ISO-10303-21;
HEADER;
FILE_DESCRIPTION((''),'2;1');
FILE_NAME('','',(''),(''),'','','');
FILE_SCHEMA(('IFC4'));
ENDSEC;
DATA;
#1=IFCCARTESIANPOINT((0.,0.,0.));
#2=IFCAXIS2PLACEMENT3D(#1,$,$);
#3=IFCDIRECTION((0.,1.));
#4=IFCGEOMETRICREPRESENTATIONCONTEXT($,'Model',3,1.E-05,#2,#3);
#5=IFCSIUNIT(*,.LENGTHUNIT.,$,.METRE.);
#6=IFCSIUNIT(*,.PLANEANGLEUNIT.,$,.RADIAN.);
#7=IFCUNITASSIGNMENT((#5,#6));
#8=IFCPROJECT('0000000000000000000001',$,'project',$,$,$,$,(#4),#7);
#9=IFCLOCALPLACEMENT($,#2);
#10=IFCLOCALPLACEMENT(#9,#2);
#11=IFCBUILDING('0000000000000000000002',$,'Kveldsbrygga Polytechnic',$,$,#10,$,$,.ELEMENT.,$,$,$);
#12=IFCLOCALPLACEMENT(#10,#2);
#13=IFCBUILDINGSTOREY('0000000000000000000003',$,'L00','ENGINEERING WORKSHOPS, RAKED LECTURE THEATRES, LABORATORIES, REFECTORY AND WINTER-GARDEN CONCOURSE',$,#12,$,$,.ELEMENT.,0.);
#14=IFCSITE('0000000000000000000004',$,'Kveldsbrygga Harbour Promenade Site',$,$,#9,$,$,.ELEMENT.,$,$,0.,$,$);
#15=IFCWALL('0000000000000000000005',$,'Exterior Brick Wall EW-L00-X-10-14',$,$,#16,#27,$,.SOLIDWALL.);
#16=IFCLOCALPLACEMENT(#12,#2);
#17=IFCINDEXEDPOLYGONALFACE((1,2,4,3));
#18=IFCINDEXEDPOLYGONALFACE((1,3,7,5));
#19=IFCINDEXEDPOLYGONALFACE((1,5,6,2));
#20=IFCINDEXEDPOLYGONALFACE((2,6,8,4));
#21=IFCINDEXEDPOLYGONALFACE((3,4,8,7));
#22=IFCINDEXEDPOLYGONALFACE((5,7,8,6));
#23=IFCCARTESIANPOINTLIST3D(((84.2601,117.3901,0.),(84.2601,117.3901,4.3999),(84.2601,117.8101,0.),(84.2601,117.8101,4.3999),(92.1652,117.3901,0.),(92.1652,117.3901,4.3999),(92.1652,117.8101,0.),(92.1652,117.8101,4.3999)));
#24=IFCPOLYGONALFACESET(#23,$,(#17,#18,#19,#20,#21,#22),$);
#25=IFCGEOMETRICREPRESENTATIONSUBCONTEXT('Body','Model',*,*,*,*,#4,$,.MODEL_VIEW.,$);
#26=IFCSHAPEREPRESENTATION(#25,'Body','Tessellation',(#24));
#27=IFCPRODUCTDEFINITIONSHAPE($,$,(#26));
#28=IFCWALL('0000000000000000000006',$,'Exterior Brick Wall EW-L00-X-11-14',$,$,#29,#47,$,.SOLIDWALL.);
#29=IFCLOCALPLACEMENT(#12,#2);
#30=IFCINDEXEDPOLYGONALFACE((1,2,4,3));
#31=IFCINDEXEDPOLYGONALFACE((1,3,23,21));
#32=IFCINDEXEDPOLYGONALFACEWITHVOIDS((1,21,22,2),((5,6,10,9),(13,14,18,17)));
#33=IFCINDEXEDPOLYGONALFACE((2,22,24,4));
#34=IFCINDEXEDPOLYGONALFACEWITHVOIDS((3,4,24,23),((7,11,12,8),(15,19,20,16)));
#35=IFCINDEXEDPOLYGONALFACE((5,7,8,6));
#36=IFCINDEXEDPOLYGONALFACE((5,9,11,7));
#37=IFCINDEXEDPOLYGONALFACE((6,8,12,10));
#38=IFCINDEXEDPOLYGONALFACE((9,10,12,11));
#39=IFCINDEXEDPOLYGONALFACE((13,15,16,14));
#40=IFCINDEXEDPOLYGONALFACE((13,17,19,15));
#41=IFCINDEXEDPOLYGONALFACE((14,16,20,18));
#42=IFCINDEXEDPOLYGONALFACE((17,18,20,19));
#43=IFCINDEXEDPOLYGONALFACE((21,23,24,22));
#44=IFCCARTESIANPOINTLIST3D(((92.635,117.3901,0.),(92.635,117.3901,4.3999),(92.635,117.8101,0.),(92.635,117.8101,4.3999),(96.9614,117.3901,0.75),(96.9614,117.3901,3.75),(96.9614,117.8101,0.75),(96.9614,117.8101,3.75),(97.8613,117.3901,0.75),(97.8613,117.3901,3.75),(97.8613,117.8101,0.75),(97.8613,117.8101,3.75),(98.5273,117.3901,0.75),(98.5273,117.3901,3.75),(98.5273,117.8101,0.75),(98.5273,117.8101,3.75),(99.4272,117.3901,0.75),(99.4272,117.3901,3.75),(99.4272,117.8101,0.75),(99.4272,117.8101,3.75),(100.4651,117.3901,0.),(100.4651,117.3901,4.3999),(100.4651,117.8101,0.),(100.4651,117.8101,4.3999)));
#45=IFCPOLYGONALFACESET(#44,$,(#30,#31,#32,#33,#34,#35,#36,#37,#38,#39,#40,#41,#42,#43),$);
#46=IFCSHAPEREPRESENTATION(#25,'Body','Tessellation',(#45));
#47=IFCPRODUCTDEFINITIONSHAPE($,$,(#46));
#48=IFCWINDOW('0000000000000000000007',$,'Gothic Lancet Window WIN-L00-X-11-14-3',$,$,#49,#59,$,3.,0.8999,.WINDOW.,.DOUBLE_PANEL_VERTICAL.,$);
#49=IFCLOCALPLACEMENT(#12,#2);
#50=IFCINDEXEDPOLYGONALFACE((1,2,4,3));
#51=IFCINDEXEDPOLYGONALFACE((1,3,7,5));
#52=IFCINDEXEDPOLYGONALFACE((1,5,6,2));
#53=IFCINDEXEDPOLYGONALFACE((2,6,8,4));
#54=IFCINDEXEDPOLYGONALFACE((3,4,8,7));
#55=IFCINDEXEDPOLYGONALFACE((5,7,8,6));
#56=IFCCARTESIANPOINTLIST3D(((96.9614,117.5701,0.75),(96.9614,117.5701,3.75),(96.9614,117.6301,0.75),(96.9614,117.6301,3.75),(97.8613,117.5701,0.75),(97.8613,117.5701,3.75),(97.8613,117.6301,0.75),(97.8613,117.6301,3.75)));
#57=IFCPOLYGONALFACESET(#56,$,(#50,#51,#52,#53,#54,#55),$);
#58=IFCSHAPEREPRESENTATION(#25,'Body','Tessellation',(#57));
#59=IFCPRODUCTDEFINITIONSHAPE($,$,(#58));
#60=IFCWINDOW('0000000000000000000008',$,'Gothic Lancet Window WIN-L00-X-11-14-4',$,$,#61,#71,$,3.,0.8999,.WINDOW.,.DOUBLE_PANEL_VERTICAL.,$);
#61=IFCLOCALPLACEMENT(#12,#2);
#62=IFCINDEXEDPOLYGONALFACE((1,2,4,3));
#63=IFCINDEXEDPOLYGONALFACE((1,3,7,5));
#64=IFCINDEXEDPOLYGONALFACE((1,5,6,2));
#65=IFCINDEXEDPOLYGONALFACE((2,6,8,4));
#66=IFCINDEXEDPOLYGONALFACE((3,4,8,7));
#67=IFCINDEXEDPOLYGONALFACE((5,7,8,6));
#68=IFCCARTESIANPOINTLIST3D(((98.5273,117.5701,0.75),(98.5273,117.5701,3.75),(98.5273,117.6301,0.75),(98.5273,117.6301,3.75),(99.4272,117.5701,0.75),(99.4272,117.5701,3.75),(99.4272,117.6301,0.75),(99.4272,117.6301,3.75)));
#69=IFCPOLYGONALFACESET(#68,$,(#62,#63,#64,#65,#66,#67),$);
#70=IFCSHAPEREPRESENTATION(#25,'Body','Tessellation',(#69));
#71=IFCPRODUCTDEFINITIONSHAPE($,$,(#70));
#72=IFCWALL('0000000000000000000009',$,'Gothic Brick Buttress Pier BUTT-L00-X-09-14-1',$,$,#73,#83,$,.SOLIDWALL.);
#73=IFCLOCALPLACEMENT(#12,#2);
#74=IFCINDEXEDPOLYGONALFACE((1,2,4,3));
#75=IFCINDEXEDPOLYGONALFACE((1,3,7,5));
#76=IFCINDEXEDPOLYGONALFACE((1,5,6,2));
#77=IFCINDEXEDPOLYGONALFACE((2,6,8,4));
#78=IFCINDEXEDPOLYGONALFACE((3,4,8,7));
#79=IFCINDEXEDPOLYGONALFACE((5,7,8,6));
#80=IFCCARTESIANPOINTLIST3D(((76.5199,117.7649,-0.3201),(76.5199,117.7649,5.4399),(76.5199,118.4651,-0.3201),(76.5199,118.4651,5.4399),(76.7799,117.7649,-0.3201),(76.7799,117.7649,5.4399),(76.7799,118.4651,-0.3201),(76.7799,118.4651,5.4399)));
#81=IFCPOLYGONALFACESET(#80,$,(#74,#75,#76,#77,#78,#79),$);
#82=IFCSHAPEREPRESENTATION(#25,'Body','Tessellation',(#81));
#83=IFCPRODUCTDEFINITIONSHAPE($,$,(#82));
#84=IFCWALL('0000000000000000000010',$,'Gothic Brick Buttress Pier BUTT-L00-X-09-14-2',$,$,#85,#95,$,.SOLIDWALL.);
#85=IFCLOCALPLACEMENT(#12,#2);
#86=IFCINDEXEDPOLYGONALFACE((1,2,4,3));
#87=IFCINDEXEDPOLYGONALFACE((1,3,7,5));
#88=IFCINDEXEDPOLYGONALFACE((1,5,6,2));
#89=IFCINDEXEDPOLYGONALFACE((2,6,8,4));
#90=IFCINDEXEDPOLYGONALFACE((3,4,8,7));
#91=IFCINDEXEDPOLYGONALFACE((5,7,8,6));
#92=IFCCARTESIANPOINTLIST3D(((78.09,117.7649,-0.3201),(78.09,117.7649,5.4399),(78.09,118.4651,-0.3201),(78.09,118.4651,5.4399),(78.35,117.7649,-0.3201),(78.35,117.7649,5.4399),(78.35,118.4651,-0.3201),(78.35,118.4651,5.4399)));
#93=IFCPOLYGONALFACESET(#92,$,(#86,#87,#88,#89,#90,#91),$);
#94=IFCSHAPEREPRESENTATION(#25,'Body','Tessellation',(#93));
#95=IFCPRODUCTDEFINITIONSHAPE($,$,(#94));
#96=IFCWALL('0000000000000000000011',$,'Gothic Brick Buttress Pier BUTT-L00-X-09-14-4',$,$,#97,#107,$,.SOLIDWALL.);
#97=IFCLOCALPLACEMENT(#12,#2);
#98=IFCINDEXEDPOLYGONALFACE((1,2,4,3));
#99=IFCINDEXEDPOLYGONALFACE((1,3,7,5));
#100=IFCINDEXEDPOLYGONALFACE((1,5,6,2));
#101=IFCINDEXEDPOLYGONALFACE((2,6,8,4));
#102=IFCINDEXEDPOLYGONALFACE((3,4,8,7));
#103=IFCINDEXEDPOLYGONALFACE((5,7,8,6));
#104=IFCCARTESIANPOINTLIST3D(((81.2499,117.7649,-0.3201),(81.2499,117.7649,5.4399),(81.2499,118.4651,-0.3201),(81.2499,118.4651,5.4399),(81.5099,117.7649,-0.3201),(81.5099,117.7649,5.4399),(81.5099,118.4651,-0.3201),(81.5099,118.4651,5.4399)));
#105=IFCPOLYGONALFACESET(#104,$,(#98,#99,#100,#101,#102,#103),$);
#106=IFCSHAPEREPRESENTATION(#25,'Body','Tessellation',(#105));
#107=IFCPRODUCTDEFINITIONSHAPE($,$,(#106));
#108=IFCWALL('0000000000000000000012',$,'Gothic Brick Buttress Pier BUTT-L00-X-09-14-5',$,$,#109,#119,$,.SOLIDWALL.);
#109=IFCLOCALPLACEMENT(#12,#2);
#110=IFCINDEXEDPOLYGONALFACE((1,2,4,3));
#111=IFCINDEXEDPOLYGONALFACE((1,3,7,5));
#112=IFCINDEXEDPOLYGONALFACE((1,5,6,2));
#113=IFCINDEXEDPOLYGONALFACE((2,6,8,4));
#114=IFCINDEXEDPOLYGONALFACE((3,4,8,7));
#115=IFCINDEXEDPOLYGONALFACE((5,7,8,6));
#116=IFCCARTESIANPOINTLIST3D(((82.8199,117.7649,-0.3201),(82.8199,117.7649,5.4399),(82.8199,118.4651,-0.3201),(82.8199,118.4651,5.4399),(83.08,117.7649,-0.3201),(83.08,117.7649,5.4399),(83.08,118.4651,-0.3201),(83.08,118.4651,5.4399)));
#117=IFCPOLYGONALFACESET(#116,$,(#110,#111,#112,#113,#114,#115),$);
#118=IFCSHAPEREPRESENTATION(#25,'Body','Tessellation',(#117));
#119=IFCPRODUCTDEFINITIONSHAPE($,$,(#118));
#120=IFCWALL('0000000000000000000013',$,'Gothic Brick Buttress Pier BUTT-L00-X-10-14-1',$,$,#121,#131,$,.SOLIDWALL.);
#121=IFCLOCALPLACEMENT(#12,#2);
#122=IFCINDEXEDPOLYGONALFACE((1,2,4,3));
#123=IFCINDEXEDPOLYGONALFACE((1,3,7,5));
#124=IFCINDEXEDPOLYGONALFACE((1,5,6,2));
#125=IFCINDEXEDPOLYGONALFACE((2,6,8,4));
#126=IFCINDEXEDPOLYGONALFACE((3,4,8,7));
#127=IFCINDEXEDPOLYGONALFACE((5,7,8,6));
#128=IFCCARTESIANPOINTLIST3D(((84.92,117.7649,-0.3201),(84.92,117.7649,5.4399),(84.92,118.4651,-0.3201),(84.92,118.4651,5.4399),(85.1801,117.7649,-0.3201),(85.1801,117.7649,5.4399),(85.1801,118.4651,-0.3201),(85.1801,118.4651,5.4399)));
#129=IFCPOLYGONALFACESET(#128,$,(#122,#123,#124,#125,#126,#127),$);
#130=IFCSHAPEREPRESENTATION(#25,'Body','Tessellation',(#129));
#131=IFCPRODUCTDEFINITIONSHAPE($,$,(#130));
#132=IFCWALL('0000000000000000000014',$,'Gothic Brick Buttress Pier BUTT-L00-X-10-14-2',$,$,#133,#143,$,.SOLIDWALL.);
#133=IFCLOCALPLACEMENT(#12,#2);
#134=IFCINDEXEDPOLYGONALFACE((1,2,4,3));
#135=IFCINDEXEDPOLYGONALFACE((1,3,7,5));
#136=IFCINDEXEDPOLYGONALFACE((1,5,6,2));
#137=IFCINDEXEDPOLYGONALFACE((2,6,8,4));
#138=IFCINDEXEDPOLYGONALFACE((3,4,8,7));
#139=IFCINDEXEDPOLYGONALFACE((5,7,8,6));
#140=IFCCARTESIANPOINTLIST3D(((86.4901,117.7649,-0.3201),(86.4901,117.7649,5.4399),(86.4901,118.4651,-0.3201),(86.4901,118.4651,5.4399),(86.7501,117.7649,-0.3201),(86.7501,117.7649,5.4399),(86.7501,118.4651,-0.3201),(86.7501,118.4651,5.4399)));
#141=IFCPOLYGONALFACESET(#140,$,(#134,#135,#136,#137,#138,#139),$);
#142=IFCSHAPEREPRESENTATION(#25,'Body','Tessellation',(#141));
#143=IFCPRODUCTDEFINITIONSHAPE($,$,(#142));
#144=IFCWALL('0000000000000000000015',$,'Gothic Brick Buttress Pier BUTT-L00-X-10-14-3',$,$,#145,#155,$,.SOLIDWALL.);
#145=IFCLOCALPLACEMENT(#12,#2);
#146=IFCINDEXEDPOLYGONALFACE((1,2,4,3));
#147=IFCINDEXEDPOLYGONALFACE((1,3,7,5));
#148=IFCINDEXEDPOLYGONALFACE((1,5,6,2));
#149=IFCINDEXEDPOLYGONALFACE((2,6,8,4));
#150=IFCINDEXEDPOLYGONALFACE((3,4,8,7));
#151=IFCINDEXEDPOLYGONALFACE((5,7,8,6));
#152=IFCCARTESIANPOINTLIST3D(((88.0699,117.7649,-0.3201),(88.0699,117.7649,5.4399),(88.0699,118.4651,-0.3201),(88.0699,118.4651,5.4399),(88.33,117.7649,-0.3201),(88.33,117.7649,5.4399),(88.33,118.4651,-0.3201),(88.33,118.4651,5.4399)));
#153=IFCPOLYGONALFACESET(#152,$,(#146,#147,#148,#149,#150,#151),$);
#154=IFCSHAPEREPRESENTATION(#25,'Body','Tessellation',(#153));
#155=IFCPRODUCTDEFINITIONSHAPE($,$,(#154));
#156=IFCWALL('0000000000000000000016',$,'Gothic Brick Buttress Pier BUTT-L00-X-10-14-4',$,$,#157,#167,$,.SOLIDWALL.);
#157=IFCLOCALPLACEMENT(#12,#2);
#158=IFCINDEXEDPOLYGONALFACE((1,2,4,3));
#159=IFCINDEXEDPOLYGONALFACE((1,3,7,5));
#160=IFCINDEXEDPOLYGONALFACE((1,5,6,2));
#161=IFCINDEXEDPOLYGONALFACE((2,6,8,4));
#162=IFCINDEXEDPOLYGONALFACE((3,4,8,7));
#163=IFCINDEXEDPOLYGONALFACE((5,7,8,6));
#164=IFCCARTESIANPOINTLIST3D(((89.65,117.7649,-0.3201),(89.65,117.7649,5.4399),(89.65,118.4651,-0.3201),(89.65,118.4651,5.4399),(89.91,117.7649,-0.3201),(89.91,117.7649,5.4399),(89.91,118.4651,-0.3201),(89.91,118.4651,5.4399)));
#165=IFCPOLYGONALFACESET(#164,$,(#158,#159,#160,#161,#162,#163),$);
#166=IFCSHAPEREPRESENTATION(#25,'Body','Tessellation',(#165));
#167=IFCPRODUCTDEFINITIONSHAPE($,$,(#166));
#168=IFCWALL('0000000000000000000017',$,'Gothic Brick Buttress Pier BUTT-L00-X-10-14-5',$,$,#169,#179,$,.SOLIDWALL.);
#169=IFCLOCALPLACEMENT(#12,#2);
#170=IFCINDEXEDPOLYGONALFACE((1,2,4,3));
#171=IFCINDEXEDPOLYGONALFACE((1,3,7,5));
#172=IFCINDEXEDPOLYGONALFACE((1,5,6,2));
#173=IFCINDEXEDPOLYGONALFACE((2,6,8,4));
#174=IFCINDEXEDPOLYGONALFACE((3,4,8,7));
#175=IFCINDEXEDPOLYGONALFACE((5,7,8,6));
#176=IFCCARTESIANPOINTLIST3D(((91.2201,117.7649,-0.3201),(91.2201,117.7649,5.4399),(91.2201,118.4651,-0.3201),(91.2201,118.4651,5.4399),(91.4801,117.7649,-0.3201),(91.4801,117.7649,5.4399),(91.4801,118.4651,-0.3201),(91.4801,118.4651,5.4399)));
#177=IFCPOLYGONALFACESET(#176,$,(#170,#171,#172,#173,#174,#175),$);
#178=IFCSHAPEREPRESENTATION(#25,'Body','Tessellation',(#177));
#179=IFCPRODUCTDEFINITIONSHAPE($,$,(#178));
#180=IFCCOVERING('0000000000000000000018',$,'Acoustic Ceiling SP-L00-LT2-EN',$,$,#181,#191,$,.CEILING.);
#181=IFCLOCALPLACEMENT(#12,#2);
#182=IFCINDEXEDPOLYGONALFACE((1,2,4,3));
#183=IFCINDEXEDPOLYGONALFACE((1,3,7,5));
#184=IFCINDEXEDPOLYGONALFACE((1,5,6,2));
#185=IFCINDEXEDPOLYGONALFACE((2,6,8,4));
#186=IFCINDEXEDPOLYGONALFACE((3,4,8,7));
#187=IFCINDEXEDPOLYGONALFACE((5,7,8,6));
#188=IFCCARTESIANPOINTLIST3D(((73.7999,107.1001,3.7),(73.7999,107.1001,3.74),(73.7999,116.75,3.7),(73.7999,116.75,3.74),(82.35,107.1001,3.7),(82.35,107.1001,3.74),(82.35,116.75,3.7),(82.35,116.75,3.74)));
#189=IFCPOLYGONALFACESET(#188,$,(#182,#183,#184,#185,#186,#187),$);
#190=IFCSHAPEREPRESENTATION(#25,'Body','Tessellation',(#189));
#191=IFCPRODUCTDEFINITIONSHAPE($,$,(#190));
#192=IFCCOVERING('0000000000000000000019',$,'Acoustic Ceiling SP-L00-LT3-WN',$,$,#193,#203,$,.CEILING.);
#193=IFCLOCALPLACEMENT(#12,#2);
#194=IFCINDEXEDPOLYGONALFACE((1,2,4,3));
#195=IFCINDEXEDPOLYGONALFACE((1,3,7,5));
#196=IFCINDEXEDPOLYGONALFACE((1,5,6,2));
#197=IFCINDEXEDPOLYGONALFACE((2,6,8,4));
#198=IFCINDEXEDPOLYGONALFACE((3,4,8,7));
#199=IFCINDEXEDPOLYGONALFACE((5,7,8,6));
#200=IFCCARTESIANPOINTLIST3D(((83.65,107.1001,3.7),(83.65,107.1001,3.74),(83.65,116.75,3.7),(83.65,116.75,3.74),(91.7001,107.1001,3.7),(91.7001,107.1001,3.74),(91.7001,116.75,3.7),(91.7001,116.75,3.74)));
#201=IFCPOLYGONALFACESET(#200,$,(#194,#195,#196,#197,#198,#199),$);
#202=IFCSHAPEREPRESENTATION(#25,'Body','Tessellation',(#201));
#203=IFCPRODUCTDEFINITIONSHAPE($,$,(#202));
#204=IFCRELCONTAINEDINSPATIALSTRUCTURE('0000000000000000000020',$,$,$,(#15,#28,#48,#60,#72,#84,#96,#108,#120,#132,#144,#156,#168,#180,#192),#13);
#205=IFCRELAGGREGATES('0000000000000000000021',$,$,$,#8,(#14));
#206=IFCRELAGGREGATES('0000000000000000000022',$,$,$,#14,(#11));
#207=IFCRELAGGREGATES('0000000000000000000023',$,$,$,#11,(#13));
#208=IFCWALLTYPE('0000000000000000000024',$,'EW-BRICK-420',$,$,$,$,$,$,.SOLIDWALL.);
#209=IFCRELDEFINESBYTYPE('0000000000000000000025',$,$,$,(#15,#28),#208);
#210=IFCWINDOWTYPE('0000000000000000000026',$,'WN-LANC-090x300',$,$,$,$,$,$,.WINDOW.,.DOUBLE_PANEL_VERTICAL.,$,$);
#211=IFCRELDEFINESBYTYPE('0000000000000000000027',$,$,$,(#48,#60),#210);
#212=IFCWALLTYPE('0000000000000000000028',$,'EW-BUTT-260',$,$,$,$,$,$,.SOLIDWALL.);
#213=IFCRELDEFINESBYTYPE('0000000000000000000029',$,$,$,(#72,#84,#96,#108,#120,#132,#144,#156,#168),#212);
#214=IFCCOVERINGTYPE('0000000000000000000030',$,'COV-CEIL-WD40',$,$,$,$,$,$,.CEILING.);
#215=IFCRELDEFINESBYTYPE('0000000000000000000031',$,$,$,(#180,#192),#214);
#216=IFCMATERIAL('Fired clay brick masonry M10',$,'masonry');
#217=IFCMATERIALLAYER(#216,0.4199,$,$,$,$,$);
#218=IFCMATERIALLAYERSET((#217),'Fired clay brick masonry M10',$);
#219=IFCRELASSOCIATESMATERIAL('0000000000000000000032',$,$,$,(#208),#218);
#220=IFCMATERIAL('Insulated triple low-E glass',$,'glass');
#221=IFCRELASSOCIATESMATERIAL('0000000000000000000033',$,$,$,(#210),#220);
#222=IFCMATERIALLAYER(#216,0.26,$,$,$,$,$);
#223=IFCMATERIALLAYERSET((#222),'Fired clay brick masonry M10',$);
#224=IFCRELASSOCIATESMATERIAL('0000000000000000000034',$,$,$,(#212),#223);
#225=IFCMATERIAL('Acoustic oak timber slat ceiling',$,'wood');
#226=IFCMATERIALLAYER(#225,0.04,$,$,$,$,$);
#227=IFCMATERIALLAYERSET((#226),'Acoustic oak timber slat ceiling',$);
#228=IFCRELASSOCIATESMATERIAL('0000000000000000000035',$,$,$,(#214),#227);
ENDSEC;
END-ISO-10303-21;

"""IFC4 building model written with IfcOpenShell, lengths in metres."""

from ifc_helpers import new_model, si_unit, direction, frame, frame_2d, origin, origin_2d, place, context, subcontext, project, spatial, rectangle, extrude, material, layer, layer_set, type_object, element, fill, save


model = new_model("IFC4")

# Units and contexts
model_context = context("Model", 3, precision=1e-05, world=origin(), true_north=direction((0.0, 1.0)))
body_context = subcontext(model_context, "Body", "Model", "MODEL_VIEW")
ifc_project = project(units=[si_unit("LENGTHUNIT", "METRE"), si_unit("PLANEANGLEUNIT", "RADIAN")], contexts=[model_context])

# Site, building, storey
site_placement = place(None, origin())
site = spatial("IfcSite", under=ifc_project, at=site_placement, Name="Kveldsbrygga Harbour Promenade Site", CompositionType="ELEMENT", RefElevation=0.0)
building_placement = place(site_placement, origin())
building = spatial("IfcBuilding", under=site, at=building_placement, Name="Kveldsbrygga Polytechnic", CompositionType="ELEMENT")
storey_placement = place(building_placement, origin())
storey = spatial("IfcBuildingStorey", under=building, at=storey_placement, Name="L00", Description="ENGINEERING WORKSHOPS, RAKED LECTURE THEATRES, LABORATORIES, REFECTORY AND WINTER-GARDEN CONCOURSE", CompositionType="ELEMENT", Elevation=0.0)

# Shared definitions
ifc_material_1 = material(Name="Fired clay brick masonry M10", Category="masonry")
ifc_layer_1 = layer(ifc_material_1, 0.4199)
ifc_layer_set_1 = layer_set([ifc_layer_1], Name="Fired clay brick masonry M10")
wall_type_1 = type_object("IfcWallType", Name="EW-BRICK-420", PredefinedType="SOLIDWALL", material=ifc_layer_set_1)

# Wall
wall_1_placement = place(storey_placement, frame((84.26, 117.6001, 0.0), z_axis=(0.0, 0.0, 1.0), x_axis=(1.0, 0.0, 0.0)))
element("IfcWall", 1, at=wall_1_placement, inside=storey, type_object=wall_type_1, Name="Exterior Brick Wall EW-L00-X-10-14", PredefinedType="SOLIDWALL", context=body_context, shape_type="SweptSolid", body=[
    extrude(rectangle(XDim=7.905, YDim=0.4199, at=frame_2d((3.9526, 0.0))), origin(), (0.0, 0.0, 1.0), 4.3999),
])

# Wall, openings, windows
wall_2_placement = place(storey_placement, frame((92.635, 117.6001, 0.0), z_axis=(0.0, 0.0, 1.0), x_axis=(1.0, 0.0, 0.0)))
wall_2 = element("IfcWall", 2, at=wall_2_placement, inside=storey, type_object=wall_type_1, Name="Exterior Brick Wall EW-L00-X-11-14", PredefinedType="SOLIDWALL", context=body_context, shape_type="SweptSolid", body=[
    extrude(rectangle(XDim=7.8301, YDim=0.4199, at=frame_2d((3.915, 0.0))), origin(), (0.0, 0.0, 1.0), 4.3999),
])
opening_1_placement = place(wall_2_placement, frame((4.3264, 0.0, 0.75)))
opening_1 = element("IfcOpeningElement", 3, at=opening_1_placement, cuts=wall_2, PredefinedType="OPENING", context=body_context, shape_type="SweptSolid", body=[
    extrude(rectangle(XDim=0.8999, YDim=3.0, at=frame_2d((0.45, 1.5))), frame((0.0, 0.22, 0.0), z_axis=(0.0, -1.0, 0.0), x_axis=(1.0, 0.0, 0.0)), (0.0, 0.0, 1.0), 0.4399),
])
opening_2_placement = place(wall_2_placement, frame((5.8923, 0.0, 0.75)))
opening_2 = element("IfcOpeningElement", 4, at=opening_2_placement, cuts=wall_2, PredefinedType="OPENING", context=body_context, shape_type="SweptSolid", body=[
    extrude(rectangle(XDim=0.8999, YDim=3.0, at=frame_2d((0.45, 1.5))), frame((0.0, 0.22, 0.0), z_axis=(0.0, -1.0, 0.0), x_axis=(1.0, 0.0, 0.0)), (0.0, 0.0, 1.0), 0.4399),
])
ifc_material_2 = material(Name="Insulated triple low-E glass", Category="glass")
window_type = type_object("IfcWindowType", Name="WN-LANC-090x300", PartitioningType="DOUBLE_PANEL_VERTICAL", PredefinedType="WINDOW", material=ifc_material_2)
window_1_placement = place(opening_1_placement, origin())
window_1 = element("IfcWindow", 5, at=window_1_placement, inside=storey, type_object=window_type, Name="Gothic Lancet Window WIN-L00-X-11-14-3", OverallHeight=3.0, OverallWidth=0.8999, PartitioningType="DOUBLE_PANEL_VERTICAL", PredefinedType="WINDOW", context=body_context, shape_type="SweptSolid", body=[
    extrude(rectangle(XDim=0.8999, YDim=3.0, at=frame_2d((0.45, 1.5))), frame((0.0, 0.03, 0.0), z_axis=(0.0, -1.0, 0.0), x_axis=(1.0, 0.0, 0.0)), (0.0, 0.0, 1.0), 0.0601),
])
fill(opening_1, window_1)
window_2_placement = place(opening_2_placement, origin())
window_2 = element("IfcWindow", 6, at=window_2_placement, inside=storey, type_object=window_type, Name="Gothic Lancet Window WIN-L00-X-11-14-4", OverallHeight=3.0, OverallWidth=0.8999, PartitioningType="DOUBLE_PANEL_VERTICAL", PredefinedType="WINDOW", context=body_context, shape_type="SweptSolid", body=[
    extrude(rectangle(XDim=0.8999, YDim=3.0, at=frame_2d((0.45, 1.5))), frame((0.0, 0.03, 0.0), z_axis=(0.0, -1.0, 0.0), x_axis=(1.0, 0.0, 0.0)), (0.0, 0.0, 1.0), 0.0601),
])
fill(opening_2, window_2)

# Walls
ifc_layer_2 = layer(ifc_material_1, 0.26)
ifc_layer_set_2 = layer_set([ifc_layer_2], Name="Fired clay brick masonry M10")
wall_type_2 = type_object("IfcWallType", Name="EW-BUTT-260", PredefinedType="SOLIDWALL", material=ifc_layer_set_2)
for number, where, z_axis, x_axis, name in (
    (7, (76.6499, 117.7649, -0.3201), (0.0, 0.0, 1.0), (0.0, 1.0, 0.0), "Gothic Brick Buttress Pier BUTT-L00-X-09-14-1"),
    (8, (78.22, 117.7649, -0.3201), (0.0, 0.0, 1.0), (0.0, 1.0, 0.0), "Gothic Brick Buttress Pier BUTT-L00-X-09-14-2"),
    (9, (81.3799, 117.7649, -0.3201), (0.0, 0.0, 1.0), (0.0, 1.0, 0.0), "Gothic Brick Buttress Pier BUTT-L00-X-09-14-4"),
    (10, (82.95, 117.7649, -0.3201), (0.0, 0.0, 1.0), (0.0, 1.0, 0.0), "Gothic Brick Buttress Pier BUTT-L00-X-09-14-5"),
    (11, (85.05, 117.7649, -0.3201), (0.0, 0.0, 1.0), (0.0, 1.0, 0.0), "Gothic Brick Buttress Pier BUTT-L00-X-10-14-1"),
    (12, (86.6201, 117.7649, -0.3201), (0.0, 0.0, 1.0), (0.0, 1.0, 0.0), "Gothic Brick Buttress Pier BUTT-L00-X-10-14-2"),
    (13, (88.2, 117.7649, -0.3201), (0.0, 0.0, 1.0), (0.0, 1.0, 0.0), "Gothic Brick Buttress Pier BUTT-L00-X-10-14-3"),
    (14, (89.78, 117.7649, -0.3201), (0.0, 0.0, 1.0), (0.0, 1.0, 0.0), "Gothic Brick Buttress Pier BUTT-L00-X-10-14-4"),
    (15, (91.3501, 117.7649, -0.3201), (0.0, 0.0, 1.0), (0.0, 1.0, 0.0), "Gothic Brick Buttress Pier BUTT-L00-X-10-14-5"),
):
    element("IfcWall", number, at=place(storey_placement, frame(where, z_axis=z_axis, x_axis=x_axis)), inside=storey, type_object=wall_type_2, Name=name, PredefinedType="SOLIDWALL", context=body_context, shape_type="SweptSolid", body=[
        extrude(rectangle(XDim=0.7002, YDim=0.26, at=frame_2d((0.3501, 0.0))), origin(), (0.0, 0.0, 1.0), 5.76),
    ])

# Coverings
ifc_material_3 = material(Name="Acoustic oak timber slat ceiling", Category="wood")
ifc_layer_3 = layer(ifc_material_3, 0.04)
ifc_layer_set_3 = layer_set([ifc_layer_3], Name="Acoustic oak timber slat ceiling")
covering_type_1 = type_object("IfcCoveringType", Name="COV-CEIL-WD40", PredefinedType="CEILING", material=ifc_layer_set_3)
covering_1_placement = place(storey_placement, frame((78.075, 111.925, 3.7), z_axis=(0.0, 0.0, 1.0), x_axis=(1.0, 0.0, 0.0)))
element("IfcCovering", 16, at=covering_1_placement, inside=storey, type_object=covering_type_1, Name="Acoustic Ceiling SP-L00-LT2-EN", PredefinedType="CEILING", context=body_context, shape_type="SweptSolid", body=[
    extrude(rectangle(XDim=8.55, YDim=9.6499, at=origin_2d()), origin(), (0.0, 0.0, 1.0), 0.04),
])
covering_2_placement = place(storey_placement, frame((87.675, 111.925, 3.7), z_axis=(0.0, 0.0, 1.0), x_axis=(1.0, 0.0, 0.0)))
element("IfcCovering", 17, at=covering_2_placement, inside=storey, type_object=covering_type_1, Name="Acoustic Ceiling SP-L00-LT3-WN", PredefinedType="CEILING", context=body_context, shape_type="SweptSolid", body=[
    extrude(rectangle(XDim=8.05, YDim=9.6499, at=origin_2d()), origin(), (0.0, 0.0, 1.0), 0.04),
])

save(model, "model.ifc")
